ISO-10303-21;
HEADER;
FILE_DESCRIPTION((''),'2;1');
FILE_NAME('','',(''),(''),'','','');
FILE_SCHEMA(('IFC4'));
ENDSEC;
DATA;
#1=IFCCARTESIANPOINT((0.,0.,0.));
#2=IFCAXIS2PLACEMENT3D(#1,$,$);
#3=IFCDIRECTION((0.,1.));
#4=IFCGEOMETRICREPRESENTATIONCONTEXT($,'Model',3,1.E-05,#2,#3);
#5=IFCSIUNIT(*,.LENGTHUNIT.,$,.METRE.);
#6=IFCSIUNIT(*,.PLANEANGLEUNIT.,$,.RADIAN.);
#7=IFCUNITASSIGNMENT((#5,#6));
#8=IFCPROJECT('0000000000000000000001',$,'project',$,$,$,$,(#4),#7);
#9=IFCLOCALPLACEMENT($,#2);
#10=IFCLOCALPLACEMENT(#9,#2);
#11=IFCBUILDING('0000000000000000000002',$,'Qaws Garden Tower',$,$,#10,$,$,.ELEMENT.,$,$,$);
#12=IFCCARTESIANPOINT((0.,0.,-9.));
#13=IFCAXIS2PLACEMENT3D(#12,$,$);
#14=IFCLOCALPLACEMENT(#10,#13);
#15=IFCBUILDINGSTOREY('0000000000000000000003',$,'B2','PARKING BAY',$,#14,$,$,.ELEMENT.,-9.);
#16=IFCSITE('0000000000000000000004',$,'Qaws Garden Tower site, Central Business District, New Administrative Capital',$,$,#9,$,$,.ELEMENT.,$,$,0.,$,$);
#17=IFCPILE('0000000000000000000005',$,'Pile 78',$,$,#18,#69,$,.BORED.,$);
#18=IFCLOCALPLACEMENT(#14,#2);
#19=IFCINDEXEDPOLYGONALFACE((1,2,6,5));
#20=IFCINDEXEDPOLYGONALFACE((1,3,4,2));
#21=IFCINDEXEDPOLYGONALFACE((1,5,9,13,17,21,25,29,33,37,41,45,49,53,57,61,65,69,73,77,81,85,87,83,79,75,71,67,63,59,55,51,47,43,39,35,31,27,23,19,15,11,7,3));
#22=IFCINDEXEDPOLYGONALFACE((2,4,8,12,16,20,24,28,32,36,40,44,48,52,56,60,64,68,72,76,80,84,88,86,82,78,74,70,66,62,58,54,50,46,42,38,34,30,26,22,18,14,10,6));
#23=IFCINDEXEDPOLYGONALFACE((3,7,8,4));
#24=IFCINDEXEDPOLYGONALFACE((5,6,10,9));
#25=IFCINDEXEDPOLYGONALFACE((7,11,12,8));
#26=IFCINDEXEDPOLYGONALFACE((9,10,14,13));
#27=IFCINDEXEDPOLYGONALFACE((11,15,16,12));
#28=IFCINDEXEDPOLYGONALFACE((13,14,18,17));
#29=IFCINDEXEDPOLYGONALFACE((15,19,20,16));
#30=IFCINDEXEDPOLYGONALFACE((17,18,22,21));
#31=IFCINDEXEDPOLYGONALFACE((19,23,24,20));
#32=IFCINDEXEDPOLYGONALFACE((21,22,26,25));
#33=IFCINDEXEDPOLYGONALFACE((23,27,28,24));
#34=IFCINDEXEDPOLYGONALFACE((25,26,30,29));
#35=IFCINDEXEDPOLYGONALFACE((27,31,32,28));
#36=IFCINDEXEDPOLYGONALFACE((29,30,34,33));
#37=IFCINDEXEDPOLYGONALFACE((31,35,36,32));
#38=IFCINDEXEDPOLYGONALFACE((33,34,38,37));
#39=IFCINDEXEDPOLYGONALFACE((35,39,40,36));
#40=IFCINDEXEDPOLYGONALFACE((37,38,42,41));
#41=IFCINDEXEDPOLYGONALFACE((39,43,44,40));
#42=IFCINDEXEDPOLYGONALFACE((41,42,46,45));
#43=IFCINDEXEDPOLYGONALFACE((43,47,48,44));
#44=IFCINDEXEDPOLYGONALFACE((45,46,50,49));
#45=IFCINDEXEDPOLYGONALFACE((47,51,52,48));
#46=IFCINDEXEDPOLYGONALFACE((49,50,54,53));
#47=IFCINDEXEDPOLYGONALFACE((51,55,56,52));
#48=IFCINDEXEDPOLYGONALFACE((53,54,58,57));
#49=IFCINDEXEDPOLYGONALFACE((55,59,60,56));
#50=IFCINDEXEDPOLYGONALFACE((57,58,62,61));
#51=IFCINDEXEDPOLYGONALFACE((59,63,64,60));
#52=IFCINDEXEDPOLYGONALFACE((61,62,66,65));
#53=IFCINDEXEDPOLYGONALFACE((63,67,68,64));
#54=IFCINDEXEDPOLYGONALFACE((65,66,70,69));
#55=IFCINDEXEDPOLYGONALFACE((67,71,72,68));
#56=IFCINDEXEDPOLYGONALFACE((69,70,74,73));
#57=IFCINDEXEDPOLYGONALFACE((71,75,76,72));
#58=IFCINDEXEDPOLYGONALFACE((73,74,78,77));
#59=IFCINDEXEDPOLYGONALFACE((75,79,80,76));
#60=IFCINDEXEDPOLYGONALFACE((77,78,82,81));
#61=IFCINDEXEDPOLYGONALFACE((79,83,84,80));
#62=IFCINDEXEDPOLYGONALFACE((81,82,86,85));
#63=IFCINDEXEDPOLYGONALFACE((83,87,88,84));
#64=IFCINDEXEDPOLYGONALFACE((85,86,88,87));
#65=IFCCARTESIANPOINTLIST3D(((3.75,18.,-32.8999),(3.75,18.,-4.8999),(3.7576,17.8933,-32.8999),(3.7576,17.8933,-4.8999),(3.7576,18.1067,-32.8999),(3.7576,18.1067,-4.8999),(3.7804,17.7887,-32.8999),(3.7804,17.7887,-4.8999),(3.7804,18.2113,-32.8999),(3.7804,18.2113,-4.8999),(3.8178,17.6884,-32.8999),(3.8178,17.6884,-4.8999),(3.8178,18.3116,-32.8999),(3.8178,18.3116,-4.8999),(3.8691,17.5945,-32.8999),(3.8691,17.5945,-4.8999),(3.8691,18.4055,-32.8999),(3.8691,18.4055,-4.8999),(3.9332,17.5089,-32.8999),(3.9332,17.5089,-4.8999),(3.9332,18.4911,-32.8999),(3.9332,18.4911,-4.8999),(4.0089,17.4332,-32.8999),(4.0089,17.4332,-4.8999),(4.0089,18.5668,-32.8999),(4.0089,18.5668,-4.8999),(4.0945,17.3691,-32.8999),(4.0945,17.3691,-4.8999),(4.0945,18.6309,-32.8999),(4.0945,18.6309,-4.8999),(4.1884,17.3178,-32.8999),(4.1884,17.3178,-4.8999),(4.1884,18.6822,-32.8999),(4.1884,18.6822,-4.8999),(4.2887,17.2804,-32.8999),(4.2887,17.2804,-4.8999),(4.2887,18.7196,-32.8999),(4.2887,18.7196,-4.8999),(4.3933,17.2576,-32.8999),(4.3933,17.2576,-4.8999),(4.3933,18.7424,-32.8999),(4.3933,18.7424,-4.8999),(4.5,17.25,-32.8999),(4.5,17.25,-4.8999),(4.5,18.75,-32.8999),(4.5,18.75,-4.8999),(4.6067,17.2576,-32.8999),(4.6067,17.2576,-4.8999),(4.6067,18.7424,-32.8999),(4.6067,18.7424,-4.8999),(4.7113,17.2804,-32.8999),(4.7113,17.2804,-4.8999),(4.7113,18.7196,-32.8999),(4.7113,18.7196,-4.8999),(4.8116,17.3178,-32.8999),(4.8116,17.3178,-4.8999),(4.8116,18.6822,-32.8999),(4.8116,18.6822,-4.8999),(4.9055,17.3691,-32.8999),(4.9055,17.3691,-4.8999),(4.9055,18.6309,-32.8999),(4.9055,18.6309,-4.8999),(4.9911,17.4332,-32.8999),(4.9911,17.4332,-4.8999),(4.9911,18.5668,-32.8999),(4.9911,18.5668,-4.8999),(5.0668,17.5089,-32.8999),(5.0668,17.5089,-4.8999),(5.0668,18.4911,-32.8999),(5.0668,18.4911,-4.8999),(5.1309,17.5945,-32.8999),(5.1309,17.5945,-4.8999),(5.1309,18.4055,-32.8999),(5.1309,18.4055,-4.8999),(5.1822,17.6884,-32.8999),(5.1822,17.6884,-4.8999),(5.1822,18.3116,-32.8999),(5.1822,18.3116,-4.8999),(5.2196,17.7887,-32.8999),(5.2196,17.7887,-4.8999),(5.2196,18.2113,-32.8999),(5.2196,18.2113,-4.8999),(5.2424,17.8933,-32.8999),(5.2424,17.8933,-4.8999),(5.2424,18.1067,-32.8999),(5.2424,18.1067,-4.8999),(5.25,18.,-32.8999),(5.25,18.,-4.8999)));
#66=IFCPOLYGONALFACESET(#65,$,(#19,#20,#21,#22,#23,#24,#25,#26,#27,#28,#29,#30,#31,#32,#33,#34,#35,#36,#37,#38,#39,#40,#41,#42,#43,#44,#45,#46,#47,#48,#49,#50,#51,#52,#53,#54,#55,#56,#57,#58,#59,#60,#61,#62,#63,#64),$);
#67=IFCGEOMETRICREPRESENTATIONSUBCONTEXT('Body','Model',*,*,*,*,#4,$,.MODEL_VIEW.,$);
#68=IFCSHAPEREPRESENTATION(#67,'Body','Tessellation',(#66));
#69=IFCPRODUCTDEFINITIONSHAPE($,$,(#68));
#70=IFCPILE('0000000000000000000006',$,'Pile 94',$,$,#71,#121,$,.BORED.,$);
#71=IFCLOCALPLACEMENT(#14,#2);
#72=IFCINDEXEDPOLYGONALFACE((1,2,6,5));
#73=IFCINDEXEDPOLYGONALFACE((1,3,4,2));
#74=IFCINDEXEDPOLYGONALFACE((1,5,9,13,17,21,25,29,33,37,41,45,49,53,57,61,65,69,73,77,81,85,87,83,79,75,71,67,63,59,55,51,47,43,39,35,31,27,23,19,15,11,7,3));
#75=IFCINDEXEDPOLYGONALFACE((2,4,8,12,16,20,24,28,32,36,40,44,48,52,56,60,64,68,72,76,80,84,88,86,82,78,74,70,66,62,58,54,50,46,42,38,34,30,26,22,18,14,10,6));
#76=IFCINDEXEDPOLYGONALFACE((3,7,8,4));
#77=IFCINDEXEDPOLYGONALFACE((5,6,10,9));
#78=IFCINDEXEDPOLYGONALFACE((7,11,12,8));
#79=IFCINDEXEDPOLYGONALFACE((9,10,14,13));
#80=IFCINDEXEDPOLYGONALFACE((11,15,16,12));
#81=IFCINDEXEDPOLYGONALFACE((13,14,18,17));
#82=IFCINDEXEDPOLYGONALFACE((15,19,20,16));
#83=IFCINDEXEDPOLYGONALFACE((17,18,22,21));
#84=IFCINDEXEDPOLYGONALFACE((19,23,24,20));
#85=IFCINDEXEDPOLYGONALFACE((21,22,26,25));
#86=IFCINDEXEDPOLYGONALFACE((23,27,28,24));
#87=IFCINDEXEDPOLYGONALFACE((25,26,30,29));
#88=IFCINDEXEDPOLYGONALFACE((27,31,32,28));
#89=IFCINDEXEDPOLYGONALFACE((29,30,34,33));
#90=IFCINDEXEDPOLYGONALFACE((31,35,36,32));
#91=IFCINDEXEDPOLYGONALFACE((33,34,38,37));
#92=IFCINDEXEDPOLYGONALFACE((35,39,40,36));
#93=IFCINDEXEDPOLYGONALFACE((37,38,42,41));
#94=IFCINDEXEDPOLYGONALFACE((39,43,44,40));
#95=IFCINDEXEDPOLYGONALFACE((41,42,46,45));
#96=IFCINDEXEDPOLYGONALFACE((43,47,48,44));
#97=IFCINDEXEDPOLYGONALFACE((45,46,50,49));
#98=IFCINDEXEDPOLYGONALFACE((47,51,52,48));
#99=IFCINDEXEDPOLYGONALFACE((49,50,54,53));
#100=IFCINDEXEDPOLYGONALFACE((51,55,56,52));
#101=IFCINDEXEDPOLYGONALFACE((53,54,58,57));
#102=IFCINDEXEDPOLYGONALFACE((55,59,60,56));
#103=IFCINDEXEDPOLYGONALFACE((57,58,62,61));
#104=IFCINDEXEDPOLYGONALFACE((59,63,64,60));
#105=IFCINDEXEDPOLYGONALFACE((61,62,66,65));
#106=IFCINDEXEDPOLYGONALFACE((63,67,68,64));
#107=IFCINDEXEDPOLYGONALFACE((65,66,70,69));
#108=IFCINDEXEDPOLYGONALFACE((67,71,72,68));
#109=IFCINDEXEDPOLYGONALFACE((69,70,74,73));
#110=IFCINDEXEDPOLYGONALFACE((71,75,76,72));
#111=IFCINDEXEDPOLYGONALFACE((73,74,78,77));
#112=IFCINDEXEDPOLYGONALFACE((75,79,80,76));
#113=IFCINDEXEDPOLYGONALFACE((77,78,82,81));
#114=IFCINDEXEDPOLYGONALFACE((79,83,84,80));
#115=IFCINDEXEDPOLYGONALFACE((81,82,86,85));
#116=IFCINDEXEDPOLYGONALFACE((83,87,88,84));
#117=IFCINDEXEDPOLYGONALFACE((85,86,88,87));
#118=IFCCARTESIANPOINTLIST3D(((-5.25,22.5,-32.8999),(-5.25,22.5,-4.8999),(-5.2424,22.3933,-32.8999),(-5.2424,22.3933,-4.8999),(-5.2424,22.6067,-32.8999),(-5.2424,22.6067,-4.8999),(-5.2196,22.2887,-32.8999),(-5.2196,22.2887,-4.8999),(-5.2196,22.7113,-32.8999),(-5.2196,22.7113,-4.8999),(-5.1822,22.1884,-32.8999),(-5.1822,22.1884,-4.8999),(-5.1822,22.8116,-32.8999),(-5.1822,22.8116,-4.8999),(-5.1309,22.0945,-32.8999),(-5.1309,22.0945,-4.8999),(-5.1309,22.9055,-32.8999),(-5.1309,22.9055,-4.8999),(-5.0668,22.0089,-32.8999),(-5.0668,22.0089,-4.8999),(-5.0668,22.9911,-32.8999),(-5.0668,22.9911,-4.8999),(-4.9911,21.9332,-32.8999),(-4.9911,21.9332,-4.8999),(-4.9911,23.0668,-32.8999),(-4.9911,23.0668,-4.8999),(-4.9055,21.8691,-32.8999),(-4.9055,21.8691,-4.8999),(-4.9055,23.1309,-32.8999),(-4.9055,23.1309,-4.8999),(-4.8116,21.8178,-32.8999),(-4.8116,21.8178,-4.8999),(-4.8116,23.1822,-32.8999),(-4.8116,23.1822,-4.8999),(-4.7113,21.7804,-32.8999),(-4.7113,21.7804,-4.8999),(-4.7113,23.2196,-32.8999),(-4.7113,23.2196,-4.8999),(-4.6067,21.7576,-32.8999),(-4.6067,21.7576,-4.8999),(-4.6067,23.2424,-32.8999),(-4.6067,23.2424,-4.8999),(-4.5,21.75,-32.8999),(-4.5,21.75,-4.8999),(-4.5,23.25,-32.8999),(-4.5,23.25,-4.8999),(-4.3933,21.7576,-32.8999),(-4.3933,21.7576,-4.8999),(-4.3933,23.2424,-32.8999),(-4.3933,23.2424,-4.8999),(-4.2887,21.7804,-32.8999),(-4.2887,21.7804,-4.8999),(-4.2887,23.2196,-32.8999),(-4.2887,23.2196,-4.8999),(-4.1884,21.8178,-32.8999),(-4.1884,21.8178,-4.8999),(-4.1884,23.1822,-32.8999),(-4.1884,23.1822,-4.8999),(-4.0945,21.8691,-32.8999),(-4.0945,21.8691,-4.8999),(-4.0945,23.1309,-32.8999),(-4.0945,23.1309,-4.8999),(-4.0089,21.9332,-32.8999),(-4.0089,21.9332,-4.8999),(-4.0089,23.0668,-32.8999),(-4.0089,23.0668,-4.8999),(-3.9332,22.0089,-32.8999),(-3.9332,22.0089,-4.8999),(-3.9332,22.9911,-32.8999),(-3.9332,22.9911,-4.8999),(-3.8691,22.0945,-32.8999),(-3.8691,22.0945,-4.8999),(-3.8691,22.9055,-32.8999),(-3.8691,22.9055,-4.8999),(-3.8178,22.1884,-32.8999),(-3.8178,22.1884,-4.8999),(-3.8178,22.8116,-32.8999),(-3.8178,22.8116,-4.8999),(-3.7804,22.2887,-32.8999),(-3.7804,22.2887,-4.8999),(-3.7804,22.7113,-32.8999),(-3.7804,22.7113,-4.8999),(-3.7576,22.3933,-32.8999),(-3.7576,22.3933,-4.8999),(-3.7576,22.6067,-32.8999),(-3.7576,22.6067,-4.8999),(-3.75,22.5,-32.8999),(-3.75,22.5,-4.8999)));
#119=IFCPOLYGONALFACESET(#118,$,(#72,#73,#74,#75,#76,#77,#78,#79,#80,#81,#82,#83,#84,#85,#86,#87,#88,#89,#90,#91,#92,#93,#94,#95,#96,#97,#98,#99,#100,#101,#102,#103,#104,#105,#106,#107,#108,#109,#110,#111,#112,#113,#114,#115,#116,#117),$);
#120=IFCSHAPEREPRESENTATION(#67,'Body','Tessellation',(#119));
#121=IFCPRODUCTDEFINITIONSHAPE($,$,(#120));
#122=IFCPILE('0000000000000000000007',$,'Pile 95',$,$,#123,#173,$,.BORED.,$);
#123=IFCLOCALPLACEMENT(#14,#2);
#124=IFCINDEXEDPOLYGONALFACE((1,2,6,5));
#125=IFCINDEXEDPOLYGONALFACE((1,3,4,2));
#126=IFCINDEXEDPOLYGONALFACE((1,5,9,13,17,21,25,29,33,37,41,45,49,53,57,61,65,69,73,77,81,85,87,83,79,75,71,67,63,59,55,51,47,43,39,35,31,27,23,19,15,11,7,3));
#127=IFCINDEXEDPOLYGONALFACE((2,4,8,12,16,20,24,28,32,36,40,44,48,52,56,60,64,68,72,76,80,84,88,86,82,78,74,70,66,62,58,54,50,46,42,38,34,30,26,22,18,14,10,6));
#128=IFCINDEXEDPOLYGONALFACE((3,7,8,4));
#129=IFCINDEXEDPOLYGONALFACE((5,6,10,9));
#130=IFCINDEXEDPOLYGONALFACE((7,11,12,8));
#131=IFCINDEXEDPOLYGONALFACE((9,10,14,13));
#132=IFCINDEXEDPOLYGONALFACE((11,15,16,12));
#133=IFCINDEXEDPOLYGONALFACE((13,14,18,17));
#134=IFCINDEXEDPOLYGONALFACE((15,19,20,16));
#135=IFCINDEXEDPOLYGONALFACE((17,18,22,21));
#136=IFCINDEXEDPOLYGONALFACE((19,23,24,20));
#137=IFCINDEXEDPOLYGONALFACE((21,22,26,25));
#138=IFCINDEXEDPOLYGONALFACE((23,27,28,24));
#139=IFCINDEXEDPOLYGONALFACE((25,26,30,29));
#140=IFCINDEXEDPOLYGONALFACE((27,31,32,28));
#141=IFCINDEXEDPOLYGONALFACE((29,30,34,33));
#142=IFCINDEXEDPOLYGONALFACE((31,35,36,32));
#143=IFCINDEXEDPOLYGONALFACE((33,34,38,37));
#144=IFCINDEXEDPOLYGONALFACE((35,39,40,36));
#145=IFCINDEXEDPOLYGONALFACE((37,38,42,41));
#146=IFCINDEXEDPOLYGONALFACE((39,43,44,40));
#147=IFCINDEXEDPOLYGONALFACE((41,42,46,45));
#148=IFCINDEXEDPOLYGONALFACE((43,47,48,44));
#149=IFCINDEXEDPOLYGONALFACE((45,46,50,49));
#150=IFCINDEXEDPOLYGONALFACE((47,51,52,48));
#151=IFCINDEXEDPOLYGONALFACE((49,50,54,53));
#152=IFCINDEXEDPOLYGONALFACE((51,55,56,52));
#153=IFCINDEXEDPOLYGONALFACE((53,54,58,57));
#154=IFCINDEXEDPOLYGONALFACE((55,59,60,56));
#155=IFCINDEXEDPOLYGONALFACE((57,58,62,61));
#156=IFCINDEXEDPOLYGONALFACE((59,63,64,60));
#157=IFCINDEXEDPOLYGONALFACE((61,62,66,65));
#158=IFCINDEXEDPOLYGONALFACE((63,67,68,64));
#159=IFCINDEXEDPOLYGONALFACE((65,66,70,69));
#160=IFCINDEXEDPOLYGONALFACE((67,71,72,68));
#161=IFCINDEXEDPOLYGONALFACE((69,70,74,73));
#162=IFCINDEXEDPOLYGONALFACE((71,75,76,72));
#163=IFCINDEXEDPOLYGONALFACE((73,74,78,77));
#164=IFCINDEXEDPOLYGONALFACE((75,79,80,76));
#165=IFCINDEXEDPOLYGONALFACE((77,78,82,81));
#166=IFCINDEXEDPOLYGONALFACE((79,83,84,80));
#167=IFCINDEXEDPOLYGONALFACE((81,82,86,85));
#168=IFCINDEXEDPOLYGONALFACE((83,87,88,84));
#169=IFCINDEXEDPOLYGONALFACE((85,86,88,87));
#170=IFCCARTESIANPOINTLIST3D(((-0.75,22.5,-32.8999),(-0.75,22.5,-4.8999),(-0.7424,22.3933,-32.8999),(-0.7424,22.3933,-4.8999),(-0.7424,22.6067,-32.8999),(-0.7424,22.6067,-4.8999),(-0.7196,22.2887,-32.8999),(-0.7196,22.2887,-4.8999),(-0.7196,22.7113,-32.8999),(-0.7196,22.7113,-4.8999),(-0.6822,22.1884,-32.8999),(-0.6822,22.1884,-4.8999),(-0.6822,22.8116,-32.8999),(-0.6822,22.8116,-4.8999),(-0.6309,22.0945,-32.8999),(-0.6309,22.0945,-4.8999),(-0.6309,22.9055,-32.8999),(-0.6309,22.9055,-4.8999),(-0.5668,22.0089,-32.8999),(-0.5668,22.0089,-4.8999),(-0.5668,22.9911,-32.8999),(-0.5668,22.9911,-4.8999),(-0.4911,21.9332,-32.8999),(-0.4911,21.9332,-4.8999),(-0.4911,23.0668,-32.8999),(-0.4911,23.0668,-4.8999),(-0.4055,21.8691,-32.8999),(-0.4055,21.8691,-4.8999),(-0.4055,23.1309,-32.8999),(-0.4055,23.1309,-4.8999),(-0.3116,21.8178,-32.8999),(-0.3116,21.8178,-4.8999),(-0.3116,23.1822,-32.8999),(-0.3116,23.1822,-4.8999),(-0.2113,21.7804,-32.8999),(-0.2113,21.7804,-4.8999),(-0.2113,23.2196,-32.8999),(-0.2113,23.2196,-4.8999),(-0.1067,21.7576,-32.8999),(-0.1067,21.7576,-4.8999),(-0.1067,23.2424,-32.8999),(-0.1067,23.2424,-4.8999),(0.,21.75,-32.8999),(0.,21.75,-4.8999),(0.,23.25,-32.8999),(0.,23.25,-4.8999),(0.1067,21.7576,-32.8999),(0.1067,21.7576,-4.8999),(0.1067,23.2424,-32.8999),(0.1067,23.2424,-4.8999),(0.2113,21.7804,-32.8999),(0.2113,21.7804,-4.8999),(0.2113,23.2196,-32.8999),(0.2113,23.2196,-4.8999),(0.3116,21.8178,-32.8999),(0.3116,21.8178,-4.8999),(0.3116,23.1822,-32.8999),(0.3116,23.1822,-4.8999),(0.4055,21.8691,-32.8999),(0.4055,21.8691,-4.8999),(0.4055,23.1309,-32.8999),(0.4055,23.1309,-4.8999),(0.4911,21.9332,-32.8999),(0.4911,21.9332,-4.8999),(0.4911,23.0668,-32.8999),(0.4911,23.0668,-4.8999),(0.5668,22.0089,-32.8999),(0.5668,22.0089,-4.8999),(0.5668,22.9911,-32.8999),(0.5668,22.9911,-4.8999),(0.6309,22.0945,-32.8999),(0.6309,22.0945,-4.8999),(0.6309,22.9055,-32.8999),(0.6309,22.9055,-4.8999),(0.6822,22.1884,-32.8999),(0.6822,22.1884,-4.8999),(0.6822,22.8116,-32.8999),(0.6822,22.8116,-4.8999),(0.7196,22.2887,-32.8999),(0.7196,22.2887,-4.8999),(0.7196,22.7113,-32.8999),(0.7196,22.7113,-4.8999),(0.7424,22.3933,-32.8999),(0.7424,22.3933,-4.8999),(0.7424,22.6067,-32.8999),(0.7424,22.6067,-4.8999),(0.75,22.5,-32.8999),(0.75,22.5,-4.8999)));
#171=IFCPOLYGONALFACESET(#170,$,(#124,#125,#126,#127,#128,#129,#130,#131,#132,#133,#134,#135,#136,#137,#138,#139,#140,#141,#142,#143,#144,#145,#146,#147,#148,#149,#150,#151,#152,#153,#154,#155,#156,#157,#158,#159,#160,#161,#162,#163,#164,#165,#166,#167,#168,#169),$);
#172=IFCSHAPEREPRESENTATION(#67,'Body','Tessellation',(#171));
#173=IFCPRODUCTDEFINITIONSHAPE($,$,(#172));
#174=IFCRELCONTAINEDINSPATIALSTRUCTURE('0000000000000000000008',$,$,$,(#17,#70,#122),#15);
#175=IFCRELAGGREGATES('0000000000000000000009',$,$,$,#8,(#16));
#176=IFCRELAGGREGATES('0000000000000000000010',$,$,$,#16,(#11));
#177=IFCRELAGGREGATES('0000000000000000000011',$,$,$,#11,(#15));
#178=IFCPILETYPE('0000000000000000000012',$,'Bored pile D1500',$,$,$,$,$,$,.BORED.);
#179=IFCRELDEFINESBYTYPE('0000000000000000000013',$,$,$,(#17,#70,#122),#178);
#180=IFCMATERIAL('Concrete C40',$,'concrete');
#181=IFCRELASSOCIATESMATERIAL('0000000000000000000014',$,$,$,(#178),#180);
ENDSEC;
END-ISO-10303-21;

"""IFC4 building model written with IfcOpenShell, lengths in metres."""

from ifc_helpers import new_model, si_unit, direction, frame, origin, origin_2d, place, context, subcontext, project, spatial, circle, extrude, material, material_profile, profile_set, type_object, element, save


model = new_model("IFC4")

# Units and contexts
model_context = context("Model", 3, precision=1e-05, world=origin(), true_north=direction((0.0, 1.0)))
body_context = subcontext(model_context, "Body", "Model", "MODEL_VIEW")
ifc_project = project(units=[si_unit("LENGTHUNIT", "METRE"), si_unit("PLANEANGLEUNIT", "RADIAN")], contexts=[model_context])

# Site, building, storey
site_placement = place(None, origin())
site = spatial("IfcSite", under=ifc_project, at=site_placement, Name="Qaws Garden Tower site, Central Business District, New Administrative Capital", CompositionType="ELEMENT", RefElevation=0.0)
building_placement = place(site_placement, origin())
building = spatial("IfcBuilding", under=site, at=building_placement, Name="Qaws Garden Tower", CompositionType="ELEMENT")
storey_placement = place(building_placement, frame((0.0, 0.0, -9.0)))
storey = spatial("IfcBuildingStorey", under=building, at=storey_placement, Name="B2", Description="PARKING BAY", CompositionType="ELEMENT", Elevation=-9.0)

# Piles
ifc_material_1 = material(Name="Concrete C40", Category="concrete")
ifc_material_profile_1 = material_profile(ifc_material_1, circle(Radius=0.75, at=origin_2d()), Name="Bored pile D1500")
ifc_profile_set_1 = profile_set([ifc_material_profile_1], Name="Concrete C40")
pile_type = type_object("IfcPileType", Name="Bored pile D1500", PredefinedType="BORED", material=ifc_profile_set_1)
for number, where, z_axis, x_axis, name in (
    (1, (4.5, 18.0, -4.8999), (0.0, 0.0, -1.0), (1.0, 0.0, 0.0), "Pile 78"),
    (2, (-4.5, 22.5, -4.8999), (0.0, 0.0, -1.0), (1.0, 0.0, 0.0), "Pile 94"),
    (3, (0.0, 22.5, -4.8999), (0.0, 0.0, -1.0), (1.0, 0.0, 0.0), "Pile 95"),
):
    element("IfcPile", number, at=place(storey_placement, frame(where, z_axis=z_axis, x_axis=x_axis)), inside=storey, type_object=pile_type, Name=name, PredefinedType="BORED", context=body_context, shape_type="SweptSolid", body=[
        extrude(circle(Radius=0.75, at=origin_2d()), origin(), (0.0, 0.0, 1.0), 28.0),
    ])

save(model, "model.ifc")
